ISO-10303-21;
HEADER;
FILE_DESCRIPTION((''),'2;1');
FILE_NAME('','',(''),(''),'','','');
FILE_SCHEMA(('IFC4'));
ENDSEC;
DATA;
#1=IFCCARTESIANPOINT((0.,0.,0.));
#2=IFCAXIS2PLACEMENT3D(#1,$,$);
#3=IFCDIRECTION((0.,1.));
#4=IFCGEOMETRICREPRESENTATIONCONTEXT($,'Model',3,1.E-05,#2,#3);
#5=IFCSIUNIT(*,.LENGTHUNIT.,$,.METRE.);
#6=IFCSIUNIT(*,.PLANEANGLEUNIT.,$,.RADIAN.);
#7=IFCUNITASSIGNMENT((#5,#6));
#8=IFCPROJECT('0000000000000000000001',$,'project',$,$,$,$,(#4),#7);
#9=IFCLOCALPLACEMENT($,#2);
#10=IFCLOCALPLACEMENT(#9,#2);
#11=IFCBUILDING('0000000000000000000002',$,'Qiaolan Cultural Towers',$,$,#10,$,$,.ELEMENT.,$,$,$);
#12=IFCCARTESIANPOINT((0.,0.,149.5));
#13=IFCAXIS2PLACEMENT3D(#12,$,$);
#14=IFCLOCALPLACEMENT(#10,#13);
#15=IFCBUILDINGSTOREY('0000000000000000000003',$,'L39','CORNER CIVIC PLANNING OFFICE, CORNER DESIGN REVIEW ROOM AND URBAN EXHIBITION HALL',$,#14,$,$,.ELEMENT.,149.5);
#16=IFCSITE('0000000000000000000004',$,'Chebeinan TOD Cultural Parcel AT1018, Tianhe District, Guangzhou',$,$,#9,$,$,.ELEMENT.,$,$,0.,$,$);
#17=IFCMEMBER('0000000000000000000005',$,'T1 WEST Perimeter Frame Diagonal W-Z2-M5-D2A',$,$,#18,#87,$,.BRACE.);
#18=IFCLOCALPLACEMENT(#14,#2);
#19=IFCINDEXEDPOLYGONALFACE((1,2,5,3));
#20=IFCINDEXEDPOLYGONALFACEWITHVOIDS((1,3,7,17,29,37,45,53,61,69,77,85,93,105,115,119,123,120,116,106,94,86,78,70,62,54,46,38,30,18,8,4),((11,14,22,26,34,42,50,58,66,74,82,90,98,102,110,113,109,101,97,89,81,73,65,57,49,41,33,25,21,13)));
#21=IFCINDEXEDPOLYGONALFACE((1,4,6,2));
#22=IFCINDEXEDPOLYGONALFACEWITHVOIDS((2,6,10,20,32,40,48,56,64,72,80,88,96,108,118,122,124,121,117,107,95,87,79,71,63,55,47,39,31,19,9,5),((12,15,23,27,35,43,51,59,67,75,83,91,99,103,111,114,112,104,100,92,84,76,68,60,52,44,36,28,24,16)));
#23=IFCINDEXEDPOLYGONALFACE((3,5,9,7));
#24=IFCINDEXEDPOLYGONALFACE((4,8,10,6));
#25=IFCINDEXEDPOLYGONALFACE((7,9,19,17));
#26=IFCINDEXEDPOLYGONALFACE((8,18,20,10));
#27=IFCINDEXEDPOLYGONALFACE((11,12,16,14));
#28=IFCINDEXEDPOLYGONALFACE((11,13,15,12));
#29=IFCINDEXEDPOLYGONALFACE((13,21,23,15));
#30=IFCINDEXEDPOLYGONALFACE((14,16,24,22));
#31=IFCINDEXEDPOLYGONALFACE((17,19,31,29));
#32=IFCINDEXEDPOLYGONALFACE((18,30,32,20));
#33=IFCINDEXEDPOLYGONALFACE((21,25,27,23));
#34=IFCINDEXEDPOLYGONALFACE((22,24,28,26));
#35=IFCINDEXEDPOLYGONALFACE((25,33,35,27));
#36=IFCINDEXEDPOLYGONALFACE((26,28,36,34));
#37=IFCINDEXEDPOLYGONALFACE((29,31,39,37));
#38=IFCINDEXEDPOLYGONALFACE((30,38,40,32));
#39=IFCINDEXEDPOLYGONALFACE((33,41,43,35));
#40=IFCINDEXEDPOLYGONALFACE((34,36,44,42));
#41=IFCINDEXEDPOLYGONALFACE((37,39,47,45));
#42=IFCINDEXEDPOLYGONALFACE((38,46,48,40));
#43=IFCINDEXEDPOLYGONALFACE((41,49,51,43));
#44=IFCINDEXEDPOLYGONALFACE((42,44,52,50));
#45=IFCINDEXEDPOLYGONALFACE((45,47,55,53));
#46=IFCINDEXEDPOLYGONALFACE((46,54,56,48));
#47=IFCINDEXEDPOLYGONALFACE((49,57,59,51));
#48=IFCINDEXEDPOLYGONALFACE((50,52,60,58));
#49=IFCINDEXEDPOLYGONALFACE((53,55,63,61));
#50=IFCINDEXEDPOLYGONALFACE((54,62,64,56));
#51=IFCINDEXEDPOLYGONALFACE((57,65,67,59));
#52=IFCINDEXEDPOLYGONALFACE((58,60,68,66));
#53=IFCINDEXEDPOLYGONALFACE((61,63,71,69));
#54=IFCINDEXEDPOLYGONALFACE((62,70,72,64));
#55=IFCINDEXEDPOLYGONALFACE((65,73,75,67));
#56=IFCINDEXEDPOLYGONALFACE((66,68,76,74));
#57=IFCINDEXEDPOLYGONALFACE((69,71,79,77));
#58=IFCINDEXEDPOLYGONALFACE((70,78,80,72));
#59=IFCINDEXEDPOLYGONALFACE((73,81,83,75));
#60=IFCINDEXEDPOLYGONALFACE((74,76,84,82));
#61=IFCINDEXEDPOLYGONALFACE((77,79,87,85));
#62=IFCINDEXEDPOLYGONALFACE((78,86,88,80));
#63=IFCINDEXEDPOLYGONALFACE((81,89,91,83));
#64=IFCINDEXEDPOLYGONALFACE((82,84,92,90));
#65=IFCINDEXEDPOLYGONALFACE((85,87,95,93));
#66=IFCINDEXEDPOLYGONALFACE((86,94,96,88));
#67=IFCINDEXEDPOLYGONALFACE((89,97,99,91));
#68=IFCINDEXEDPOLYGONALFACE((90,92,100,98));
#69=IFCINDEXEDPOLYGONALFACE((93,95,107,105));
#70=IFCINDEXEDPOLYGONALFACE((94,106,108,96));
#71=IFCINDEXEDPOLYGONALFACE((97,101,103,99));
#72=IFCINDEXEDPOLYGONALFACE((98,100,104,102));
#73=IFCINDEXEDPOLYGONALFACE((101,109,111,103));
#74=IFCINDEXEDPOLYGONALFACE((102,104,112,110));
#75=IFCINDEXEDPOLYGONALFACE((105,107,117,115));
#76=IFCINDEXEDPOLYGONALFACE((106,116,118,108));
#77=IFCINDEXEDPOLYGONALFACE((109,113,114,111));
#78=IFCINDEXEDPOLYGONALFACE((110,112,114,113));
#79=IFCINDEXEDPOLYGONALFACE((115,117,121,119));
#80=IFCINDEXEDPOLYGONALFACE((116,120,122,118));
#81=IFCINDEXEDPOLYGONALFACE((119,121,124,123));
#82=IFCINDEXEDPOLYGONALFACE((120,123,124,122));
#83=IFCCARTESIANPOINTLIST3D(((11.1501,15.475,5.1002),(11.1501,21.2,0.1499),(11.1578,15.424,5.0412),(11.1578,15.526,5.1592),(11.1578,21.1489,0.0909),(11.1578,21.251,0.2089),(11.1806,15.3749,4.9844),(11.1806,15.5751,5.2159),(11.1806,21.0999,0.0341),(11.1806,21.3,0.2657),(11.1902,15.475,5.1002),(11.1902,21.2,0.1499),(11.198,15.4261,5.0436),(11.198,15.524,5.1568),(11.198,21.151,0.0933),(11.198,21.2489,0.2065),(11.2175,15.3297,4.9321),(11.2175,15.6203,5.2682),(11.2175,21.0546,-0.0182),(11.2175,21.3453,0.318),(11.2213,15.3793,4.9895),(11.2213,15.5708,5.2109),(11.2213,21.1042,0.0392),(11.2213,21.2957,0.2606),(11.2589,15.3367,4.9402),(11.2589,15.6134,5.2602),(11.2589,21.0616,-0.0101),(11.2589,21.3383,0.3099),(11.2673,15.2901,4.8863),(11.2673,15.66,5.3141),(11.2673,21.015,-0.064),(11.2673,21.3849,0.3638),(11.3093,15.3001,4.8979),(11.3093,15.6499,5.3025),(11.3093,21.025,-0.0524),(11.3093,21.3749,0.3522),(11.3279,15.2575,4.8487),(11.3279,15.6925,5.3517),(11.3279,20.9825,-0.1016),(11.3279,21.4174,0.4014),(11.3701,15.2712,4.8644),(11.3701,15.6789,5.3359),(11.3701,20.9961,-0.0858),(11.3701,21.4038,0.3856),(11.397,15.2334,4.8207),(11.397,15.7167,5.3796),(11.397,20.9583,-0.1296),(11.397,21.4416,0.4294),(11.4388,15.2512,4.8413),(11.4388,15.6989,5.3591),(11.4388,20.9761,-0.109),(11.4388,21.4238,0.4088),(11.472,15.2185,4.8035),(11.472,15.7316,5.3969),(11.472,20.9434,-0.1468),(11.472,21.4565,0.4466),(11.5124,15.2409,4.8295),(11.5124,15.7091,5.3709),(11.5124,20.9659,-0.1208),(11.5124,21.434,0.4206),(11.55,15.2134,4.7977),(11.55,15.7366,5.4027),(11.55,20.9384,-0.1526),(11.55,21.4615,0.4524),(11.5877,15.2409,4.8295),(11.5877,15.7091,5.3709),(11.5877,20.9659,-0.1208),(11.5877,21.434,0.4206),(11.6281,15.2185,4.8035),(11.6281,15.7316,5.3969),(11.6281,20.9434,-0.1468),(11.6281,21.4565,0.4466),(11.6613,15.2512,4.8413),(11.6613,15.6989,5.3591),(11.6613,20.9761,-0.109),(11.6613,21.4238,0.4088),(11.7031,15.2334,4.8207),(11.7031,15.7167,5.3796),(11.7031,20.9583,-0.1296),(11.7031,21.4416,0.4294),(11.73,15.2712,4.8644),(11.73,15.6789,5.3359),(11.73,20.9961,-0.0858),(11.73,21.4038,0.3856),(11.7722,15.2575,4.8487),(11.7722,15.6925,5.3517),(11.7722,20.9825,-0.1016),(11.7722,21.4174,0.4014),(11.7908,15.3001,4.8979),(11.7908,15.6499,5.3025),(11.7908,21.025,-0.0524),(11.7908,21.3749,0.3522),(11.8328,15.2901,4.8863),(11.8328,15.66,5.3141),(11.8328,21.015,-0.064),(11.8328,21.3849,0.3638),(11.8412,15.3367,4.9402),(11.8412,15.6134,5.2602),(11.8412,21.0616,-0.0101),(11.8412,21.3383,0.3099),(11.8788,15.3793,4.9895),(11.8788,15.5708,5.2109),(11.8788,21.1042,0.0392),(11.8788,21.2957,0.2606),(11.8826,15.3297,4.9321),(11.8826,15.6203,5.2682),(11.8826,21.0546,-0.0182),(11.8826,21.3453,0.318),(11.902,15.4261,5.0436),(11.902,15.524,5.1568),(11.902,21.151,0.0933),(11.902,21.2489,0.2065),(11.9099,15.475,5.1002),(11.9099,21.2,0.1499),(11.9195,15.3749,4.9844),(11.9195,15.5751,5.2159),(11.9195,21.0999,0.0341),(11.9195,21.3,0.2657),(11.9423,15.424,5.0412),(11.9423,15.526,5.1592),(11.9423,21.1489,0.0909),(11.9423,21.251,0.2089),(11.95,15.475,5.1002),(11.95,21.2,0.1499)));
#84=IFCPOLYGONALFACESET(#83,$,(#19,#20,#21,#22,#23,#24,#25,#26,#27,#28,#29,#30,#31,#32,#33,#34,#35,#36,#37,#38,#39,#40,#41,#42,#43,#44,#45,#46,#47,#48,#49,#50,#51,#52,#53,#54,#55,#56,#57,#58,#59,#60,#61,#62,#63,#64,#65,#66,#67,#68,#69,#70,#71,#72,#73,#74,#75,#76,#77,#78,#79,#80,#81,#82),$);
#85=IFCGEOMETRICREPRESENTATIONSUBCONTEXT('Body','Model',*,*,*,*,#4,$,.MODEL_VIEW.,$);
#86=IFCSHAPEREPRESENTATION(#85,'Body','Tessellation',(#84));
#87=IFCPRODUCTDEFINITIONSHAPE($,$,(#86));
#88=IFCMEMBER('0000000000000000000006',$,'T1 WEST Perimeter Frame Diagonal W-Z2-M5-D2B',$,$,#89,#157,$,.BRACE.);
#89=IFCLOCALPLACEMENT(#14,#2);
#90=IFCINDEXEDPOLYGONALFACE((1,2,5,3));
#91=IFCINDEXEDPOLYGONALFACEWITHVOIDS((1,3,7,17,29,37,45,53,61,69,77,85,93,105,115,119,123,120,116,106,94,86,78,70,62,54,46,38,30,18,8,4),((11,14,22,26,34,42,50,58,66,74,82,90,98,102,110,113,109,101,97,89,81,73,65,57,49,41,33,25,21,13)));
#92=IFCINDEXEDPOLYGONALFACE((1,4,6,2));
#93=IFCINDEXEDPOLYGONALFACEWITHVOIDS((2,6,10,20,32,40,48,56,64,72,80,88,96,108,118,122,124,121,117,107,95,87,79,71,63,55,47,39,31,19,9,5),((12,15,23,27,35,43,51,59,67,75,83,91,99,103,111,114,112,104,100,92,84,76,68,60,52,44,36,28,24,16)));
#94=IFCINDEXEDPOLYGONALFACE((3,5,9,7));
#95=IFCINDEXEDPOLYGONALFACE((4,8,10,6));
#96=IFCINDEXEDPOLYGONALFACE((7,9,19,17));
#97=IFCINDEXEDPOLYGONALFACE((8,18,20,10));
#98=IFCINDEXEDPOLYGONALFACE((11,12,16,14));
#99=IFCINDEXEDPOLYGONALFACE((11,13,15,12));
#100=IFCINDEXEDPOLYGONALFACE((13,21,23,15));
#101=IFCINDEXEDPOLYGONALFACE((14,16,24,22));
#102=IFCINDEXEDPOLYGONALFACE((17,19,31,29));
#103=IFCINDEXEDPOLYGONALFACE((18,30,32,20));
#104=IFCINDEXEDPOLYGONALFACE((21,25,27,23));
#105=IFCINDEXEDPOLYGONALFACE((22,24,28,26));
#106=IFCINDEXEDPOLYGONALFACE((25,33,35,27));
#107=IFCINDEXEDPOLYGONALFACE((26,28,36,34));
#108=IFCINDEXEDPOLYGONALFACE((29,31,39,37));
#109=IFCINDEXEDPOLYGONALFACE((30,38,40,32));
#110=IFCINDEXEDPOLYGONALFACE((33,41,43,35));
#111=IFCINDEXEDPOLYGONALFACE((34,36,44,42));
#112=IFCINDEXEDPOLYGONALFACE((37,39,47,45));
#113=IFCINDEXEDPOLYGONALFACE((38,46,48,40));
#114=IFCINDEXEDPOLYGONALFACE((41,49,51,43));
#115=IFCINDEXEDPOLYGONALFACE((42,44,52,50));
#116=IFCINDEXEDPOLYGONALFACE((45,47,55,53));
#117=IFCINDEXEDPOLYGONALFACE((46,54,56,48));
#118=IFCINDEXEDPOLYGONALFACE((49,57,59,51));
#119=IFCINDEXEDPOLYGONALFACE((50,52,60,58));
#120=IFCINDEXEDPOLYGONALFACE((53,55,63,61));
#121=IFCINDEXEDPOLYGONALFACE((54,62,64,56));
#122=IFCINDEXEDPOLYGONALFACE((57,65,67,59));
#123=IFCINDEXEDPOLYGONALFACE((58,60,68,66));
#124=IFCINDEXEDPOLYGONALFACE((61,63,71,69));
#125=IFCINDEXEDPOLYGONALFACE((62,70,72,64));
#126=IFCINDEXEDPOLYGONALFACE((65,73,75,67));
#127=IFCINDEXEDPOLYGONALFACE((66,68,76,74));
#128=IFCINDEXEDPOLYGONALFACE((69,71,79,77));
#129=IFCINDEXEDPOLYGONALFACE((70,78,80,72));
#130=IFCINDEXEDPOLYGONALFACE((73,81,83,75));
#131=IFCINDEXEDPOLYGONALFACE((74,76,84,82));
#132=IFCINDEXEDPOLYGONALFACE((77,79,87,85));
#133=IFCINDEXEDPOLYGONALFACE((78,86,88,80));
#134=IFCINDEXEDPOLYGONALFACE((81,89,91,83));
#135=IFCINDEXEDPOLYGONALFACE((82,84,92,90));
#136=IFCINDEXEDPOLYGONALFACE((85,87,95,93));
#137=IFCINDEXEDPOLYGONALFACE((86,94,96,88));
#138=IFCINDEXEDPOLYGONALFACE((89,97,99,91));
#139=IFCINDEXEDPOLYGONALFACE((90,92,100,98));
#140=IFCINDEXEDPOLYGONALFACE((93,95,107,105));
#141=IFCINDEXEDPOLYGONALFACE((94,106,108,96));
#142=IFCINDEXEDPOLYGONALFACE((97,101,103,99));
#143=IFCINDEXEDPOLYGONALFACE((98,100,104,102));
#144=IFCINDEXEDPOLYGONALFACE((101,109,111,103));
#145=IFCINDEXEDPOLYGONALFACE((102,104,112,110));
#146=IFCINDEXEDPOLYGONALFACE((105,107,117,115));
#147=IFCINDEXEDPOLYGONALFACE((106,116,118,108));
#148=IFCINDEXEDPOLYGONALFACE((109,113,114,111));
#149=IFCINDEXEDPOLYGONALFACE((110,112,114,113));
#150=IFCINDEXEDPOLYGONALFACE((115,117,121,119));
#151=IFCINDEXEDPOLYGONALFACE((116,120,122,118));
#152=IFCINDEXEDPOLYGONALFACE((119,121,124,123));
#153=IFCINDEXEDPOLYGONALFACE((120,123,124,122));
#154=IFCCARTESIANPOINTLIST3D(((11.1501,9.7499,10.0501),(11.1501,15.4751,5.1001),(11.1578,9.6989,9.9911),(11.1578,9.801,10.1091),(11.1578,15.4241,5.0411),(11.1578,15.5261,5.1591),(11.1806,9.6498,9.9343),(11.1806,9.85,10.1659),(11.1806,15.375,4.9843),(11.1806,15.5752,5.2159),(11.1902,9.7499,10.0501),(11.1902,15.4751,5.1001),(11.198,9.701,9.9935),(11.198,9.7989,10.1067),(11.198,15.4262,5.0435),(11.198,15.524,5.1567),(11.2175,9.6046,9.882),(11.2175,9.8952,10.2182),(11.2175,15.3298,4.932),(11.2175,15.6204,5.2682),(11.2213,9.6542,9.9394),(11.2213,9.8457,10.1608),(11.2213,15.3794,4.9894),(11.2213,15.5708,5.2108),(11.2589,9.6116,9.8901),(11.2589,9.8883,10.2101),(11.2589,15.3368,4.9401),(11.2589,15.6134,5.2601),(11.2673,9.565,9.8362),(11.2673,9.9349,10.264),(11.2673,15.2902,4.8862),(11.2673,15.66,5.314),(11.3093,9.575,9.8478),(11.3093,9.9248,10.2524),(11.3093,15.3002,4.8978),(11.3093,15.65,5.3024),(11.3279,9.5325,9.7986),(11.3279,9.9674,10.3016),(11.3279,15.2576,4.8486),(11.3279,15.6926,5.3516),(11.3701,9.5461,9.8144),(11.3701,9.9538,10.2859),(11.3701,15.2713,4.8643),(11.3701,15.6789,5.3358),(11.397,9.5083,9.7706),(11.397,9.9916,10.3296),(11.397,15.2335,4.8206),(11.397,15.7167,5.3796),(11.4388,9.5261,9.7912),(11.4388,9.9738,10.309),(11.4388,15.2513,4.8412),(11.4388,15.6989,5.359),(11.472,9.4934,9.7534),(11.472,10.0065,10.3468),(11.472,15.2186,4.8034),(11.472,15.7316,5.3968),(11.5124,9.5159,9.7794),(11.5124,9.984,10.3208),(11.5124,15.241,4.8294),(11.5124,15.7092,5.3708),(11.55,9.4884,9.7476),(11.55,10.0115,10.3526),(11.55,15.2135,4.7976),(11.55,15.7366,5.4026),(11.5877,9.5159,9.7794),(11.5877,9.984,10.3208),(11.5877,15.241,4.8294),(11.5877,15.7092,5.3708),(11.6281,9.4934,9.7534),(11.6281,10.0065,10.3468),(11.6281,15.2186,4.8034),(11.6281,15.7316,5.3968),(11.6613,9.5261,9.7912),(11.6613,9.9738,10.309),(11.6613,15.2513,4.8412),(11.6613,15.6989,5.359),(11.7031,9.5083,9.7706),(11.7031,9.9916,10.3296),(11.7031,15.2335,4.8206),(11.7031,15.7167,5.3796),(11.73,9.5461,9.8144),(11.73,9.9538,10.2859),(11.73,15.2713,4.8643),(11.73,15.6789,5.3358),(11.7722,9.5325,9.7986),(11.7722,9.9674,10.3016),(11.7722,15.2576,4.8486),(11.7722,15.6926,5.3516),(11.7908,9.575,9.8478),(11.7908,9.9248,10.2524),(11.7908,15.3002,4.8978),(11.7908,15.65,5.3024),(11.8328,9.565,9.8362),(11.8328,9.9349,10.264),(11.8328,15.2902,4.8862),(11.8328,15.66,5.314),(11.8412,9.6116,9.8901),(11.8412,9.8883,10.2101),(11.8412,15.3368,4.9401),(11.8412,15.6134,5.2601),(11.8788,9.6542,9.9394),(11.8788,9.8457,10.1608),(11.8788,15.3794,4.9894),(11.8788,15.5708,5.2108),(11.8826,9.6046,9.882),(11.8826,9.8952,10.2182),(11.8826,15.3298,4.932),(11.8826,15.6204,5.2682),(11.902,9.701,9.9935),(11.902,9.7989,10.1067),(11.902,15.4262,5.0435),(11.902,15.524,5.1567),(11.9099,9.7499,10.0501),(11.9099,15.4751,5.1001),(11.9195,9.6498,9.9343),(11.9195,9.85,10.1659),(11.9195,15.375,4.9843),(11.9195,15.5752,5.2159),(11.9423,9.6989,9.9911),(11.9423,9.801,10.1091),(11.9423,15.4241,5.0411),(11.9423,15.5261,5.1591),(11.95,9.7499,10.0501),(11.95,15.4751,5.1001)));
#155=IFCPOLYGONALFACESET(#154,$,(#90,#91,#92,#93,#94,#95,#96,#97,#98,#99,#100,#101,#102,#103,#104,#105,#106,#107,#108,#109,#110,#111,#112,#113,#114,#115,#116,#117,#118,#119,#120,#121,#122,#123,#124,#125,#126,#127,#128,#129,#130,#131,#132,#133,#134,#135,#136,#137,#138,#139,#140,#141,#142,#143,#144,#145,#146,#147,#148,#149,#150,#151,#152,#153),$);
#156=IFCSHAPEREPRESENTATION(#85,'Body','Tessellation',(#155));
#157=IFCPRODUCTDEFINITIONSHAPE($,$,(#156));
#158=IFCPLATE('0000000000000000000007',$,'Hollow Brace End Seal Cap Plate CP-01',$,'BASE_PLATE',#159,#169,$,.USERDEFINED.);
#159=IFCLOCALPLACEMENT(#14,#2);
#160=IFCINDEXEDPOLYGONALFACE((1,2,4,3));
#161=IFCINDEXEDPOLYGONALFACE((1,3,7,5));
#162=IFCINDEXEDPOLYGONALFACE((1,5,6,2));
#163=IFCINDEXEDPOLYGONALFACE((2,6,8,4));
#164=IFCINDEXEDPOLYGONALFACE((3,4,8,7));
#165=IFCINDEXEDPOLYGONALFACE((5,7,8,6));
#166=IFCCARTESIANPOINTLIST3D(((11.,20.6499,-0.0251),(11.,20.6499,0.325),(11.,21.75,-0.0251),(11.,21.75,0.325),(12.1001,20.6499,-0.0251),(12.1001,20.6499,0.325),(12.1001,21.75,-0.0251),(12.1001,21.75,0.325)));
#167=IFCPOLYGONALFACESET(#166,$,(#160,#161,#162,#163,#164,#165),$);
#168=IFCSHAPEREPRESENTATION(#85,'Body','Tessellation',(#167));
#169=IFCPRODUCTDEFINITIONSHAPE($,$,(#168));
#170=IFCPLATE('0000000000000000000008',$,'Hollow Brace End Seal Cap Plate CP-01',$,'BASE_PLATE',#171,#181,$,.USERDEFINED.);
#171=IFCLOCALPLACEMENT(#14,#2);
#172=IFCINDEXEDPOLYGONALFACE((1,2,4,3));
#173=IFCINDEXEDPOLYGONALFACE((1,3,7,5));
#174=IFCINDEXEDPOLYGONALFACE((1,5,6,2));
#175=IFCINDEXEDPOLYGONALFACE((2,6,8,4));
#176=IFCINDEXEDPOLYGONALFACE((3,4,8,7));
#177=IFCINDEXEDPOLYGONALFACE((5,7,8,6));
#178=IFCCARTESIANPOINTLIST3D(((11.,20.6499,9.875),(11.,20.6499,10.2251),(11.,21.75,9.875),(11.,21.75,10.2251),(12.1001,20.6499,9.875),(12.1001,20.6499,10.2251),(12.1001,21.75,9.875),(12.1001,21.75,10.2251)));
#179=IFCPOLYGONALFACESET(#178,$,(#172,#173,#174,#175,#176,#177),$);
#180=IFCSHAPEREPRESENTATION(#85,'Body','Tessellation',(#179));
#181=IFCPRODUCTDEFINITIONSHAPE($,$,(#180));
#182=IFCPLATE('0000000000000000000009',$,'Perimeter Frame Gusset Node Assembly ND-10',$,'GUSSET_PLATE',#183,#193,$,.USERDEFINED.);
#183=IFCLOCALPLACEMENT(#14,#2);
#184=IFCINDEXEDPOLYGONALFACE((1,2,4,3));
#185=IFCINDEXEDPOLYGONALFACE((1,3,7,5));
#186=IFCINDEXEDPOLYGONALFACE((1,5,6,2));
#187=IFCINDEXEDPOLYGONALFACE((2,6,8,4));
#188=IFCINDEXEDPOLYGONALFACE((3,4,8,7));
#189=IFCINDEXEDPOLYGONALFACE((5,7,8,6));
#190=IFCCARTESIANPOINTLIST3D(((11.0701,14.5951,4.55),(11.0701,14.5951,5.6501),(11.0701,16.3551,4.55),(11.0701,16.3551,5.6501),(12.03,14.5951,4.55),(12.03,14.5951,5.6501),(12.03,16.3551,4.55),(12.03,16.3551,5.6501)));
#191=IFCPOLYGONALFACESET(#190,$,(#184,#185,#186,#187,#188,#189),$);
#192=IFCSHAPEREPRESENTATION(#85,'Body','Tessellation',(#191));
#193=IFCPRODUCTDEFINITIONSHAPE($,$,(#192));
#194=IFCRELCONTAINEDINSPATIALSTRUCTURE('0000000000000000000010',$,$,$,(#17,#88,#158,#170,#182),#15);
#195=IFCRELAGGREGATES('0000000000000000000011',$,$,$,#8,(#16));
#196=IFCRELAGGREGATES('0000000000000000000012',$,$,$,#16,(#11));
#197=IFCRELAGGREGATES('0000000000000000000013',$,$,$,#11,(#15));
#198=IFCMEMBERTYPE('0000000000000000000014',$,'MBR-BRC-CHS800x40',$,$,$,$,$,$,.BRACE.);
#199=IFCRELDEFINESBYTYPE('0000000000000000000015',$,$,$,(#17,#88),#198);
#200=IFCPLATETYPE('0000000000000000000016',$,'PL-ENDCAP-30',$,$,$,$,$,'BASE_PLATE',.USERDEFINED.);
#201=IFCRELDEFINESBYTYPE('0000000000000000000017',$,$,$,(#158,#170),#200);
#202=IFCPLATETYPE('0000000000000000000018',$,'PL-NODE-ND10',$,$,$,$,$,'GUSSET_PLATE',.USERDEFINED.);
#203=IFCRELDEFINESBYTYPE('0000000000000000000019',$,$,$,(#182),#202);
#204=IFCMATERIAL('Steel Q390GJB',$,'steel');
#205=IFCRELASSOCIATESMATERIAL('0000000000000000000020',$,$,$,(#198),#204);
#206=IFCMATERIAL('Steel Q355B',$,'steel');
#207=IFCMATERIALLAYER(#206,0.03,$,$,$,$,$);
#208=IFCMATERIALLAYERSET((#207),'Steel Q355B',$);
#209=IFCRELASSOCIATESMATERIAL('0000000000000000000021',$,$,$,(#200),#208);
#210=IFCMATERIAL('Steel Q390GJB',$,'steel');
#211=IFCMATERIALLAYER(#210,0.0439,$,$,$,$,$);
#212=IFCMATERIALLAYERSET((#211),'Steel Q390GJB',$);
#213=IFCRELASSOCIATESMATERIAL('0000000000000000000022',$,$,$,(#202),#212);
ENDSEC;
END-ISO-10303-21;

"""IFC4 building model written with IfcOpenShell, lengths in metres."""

from ifc_helpers import new_model, si_unit, direction, frame, origin, origin_2d, place, context, subcontext, project, spatial, rectangle, hollow_circle, extrude, material, layer, layer_set, material_profile, profile_set, type_object, element, save


model = new_model("IFC4")

# Units and contexts
model_context = context("Model", 3, precision=1e-05, world=origin(), true_north=direction((0.0, 1.0)))
body_context = subcontext(model_context, "Body", "Model", "MODEL_VIEW")
ifc_project = project(units=[si_unit("LENGTHUNIT", "METRE"), si_unit("PLANEANGLEUNIT", "RADIAN")], contexts=[model_context])

# Site, building, storey
site_placement = place(None, origin())
site = spatial("IfcSite", under=ifc_project, at=site_placement, Name="Chebeinan TOD Cultural Parcel AT1018, Tianhe District, Guangzhou", CompositionType="ELEMENT", RefElevation=0.0)
building_placement = place(site_placement, origin())
building = spatial("IfcBuilding", under=site, at=building_placement, Name="Qiaolan Cultural Towers", CompositionType="ELEMENT")
storey_placement = place(building_placement, frame((0.0, 0.0, 149.5)))
storey = spatial("IfcBuildingStorey", under=building, at=storey_placement, Name="L39", Description="CORNER CIVIC PLANNING OFFICE, CORNER DESIGN REVIEW ROOM AND URBAN EXHIBITION HALL", CompositionType="ELEMENT", Elevation=149.5)

# Members
ifc_material_1 = material(Name="Steel Q390GJB", Category="steel")
ifc_material_profile_1 = material_profile(ifc_material_1, hollow_circle(Radius=0.3999, WallThickness=0.04, at=origin_2d()), Name="CHS800x40")
ifc_profile_set_1 = profile_set([ifc_material_profile_1], Name="Steel Q390GJB")
member_type = type_object("IfcMemberType", Name="MBR-BRC-CHS800x40", PredefinedType="BRACE", material=ifc_profile_set_1)
for number, where, z_axis, x_axis, name in (
    (1, (11.55, 21.2, 0.1499), (0.0, -0.75643, 0.654074), (1.0, 0.0, 0.0), "T1 WEST Perimeter Frame Diagonal W-Z2-M5-D2A"),
    (2, (11.55, 15.4751, 5.1001), (0.0, -0.75646, 0.65404), (1.0, 0.0, 0.0), "T1 WEST Perimeter Frame Diagonal W-Z2-M5-D2B"),
):
    element("IfcMember", number, at=place(storey_placement, frame(where, z_axis=z_axis, x_axis=x_axis)), inside=storey, type_object=member_type, Name=name, PredefinedType="BRACE", context=body_context, shape_type="SweptSolid", body=[
        extrude(hollow_circle(Radius=0.3999, WallThickness=0.04, at=origin_2d()), origin(), (0.0, 0.0, 1.0), 7.5684),
    ])

# Plates
ifc_material_2 = material(Name="Steel Q355B", Category="steel")
ifc_layer_1 = layer(ifc_material_2, 0.03)
ifc_layer_set_1 = layer_set([ifc_layer_1], Name="Steel Q355B")
plate_type_1 = type_object("IfcPlateType", Name="PL-ENDCAP-30", ElementType="BASE_PLATE", PredefinedType="USERDEFINED", material=ifc_layer_set_1)
for number, where, z_axis, x_axis, name in (
    (3, (11.55, 21.2, -0.0251), (0.0, 0.0, 1.0), (0.0, 1.0, 0.0), "Hollow Brace End Seal Cap Plate CP-01"),
    (4, (11.55, 21.2, 9.875), (0.0, 0.0, 1.0), (0.0, 1.0, 0.0), "Hollow Brace End Seal Cap Plate CP-01"),
):
    element("IfcPlate", number, at=place(storey_placement, frame(where, z_axis=z_axis, x_axis=x_axis)), inside=storey, type_object=plate_type_1, Name=name, ObjectType="BASE_PLATE", PredefinedType="USERDEFINED", context=body_context, shape_type="SweptSolid", body=[
        extrude(rectangle(XDim=1.1001, YDim=1.1001, at=origin_2d()), origin(), (0.0, 0.0, 1.0), 0.3501),
    ])
ifc_material_3 = material(Name="Steel Q390GJB", Category="steel")
ifc_layer_2 = layer(ifc_material_3, 0.0439)
ifc_layer_set_2 = layer_set([ifc_layer_2], Name="Steel Q390GJB")
plate_type_2 = type_object("IfcPlateType", Name="PL-NODE-ND10", ElementType="GUSSET_PLATE", PredefinedType="USERDEFINED", material=ifc_layer_set_2)
plate_placement = place(storey_placement, frame((11.55, 15.4751, 4.55), z_axis=(0.0, 0.0, 1.0), x_axis=(0.0, 1.0, 0.0)))
element("IfcPlate", 5, at=plate_placement, inside=storey, type_object=plate_type_2, Name="Perimeter Frame Gusset Node Assembly ND-10", ObjectType="GUSSET_PLATE", PredefinedType="USERDEFINED", context=body_context, shape_type="SweptSolid", body=[
    extrude(rectangle(XDim=1.76, YDim=0.96, at=origin_2d()), origin(), (0.0, 0.0, 1.0), 1.1001),
])

save(model, "model.ifc")
